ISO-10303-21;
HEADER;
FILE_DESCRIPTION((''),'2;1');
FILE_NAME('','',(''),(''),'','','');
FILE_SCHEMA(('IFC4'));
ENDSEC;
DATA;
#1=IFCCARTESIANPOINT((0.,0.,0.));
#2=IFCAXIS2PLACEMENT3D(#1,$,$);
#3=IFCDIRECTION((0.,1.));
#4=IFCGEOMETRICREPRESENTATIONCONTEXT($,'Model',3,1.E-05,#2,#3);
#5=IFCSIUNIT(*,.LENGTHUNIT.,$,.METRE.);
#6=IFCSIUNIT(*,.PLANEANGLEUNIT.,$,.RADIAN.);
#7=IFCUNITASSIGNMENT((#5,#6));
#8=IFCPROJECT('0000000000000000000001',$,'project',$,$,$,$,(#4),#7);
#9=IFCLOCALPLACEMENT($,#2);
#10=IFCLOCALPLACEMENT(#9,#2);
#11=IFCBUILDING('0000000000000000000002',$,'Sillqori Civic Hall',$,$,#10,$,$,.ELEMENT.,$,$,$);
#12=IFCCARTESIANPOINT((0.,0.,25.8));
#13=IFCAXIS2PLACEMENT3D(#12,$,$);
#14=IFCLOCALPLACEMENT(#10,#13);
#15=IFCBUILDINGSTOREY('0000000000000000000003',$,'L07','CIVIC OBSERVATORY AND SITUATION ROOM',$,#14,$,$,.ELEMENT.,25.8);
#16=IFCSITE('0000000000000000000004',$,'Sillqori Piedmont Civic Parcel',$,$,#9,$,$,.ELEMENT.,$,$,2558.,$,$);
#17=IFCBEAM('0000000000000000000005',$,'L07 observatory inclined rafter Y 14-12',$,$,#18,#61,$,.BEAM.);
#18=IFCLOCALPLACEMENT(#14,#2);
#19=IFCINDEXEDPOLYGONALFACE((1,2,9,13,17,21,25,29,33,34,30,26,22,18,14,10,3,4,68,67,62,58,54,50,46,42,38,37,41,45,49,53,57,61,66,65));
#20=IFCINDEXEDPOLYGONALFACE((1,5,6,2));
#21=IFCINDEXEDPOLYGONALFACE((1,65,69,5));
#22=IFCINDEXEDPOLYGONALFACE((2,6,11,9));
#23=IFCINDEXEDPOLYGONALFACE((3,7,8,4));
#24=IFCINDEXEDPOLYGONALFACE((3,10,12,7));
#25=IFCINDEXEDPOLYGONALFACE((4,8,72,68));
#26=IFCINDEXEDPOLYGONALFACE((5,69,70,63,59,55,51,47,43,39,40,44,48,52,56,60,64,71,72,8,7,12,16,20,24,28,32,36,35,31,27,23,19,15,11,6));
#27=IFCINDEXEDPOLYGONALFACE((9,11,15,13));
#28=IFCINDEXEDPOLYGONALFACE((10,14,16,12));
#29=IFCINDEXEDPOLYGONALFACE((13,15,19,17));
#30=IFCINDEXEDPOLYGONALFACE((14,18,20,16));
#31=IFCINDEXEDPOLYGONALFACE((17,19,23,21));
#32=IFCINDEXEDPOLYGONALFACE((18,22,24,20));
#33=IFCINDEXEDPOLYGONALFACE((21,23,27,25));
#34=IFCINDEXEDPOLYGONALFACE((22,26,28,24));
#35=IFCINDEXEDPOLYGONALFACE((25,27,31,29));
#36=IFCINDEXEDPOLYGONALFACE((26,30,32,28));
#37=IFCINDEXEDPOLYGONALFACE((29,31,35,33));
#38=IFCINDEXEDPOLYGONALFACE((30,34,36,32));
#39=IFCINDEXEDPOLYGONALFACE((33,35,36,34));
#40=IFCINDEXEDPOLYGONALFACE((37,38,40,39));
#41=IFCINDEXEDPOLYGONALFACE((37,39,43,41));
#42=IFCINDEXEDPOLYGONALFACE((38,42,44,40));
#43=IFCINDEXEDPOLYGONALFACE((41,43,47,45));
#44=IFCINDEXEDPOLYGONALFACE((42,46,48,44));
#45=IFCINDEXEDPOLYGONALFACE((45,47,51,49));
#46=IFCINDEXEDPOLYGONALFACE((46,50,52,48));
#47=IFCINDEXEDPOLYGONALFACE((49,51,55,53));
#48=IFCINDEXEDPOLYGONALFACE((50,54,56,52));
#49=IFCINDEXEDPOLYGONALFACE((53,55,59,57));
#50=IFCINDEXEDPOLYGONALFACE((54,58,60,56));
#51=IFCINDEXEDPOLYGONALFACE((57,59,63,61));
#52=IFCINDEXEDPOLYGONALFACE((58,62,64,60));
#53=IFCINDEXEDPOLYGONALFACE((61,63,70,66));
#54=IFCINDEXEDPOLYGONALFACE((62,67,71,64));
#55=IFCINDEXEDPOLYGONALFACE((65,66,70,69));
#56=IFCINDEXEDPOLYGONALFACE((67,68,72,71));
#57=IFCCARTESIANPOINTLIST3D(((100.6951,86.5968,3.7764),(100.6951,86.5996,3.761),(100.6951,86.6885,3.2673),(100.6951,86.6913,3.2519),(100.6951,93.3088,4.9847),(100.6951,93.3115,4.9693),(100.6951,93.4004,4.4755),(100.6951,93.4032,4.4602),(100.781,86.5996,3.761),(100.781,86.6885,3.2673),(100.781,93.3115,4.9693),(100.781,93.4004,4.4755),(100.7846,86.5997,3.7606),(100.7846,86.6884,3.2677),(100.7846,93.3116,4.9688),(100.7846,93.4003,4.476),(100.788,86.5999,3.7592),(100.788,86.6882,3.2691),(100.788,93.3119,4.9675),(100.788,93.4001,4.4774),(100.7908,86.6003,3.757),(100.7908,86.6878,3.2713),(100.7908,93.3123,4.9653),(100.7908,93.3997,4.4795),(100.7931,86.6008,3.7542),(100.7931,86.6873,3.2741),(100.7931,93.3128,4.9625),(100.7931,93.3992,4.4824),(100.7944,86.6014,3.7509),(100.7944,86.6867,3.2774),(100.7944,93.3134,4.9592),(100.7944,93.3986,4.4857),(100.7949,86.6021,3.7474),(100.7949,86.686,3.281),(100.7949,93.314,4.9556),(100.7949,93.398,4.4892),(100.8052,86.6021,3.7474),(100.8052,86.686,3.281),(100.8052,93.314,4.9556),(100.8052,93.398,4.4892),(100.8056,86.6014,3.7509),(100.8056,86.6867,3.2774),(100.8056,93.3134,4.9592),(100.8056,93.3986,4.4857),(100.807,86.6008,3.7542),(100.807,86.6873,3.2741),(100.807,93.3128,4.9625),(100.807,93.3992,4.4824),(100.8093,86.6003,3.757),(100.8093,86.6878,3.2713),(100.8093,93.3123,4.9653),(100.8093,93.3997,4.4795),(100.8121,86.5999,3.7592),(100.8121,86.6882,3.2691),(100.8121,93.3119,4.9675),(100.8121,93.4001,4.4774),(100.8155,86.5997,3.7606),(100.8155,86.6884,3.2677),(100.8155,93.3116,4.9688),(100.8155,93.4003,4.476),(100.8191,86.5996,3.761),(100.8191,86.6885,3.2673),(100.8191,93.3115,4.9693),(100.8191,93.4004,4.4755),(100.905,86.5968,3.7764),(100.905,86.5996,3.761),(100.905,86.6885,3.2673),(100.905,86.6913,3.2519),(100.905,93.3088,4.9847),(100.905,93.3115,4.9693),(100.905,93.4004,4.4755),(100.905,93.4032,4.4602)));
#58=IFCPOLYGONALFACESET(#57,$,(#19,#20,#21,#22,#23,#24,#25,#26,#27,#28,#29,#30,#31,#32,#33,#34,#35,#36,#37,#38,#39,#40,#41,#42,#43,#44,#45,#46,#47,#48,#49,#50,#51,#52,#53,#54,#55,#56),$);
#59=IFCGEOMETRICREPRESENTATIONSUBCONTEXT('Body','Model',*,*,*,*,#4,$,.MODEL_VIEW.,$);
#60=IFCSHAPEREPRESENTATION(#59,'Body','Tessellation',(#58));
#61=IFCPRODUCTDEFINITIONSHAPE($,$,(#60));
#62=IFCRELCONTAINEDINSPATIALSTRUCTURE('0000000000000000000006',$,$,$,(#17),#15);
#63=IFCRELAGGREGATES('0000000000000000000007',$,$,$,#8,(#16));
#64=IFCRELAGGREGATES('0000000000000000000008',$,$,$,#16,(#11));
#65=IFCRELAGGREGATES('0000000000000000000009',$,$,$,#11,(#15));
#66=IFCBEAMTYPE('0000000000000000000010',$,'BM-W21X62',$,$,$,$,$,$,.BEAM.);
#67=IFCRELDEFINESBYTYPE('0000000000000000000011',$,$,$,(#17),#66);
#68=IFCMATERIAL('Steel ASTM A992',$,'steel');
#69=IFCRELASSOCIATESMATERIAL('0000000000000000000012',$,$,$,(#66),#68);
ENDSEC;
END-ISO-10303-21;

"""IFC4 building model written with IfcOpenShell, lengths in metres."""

from ifc_helpers import new_model, si_unit, direction, frame, origin, origin_2d, place, context, subcontext, project, spatial, i_section, extrude, material, material_profile, profile_set, type_object, element, save


model = new_model("IFC4")

# Units and contexts
model_context = context("Model", 3, precision=1e-05, world=origin(), true_north=direction((0.0, 1.0)))
body_context = subcontext(model_context, "Body", "Model", "MODEL_VIEW")
ifc_project = project(units=[si_unit("LENGTHUNIT", "METRE"), si_unit("PLANEANGLEUNIT", "RADIAN")], contexts=[model_context])

# Site, building, storey
site_placement = place(None, origin())
site = spatial("IfcSite", under=ifc_project, at=site_placement, Name="Sillqori Piedmont Civic Parcel", CompositionType="ELEMENT", RefElevation=2558.0)
building_placement = place(site_placement, origin())
building = spatial("IfcBuilding", under=site, at=building_placement, Name="Sillqori Civic Hall", CompositionType="ELEMENT")
storey_placement = place(building_placement, frame((0.0, 0.0, 25.8)))
storey = spatial("IfcBuildingStorey", under=building, at=storey_placement, Name="L07", Description="CIVIC OBSERVATORY AND SITUATION ROOM", CompositionType="ELEMENT", Elevation=25.8)

# Beam
ifc_material_1 = material(Name="Steel ASTM A992", Category="steel")
ifc_material_profile_1 = material_profile(ifc_material_1, i_section(OverallWidth=0.21, OverallDepth=0.533, WebThickness=0.0103, FlangeThickness=0.0156, FilletRadius=0.0139, at=origin_2d()), Name="W21X62")
ifc_profile_set_1 = profile_set([ifc_material_profile_1], Name="Steel ASTM A992")
beam_type = type_object("IfcBeamType", Name="BM-W21X62", PredefinedType="BEAM", material=ifc_profile_set_1)
beam_placement = place(storey_placement, frame((100.8, 86.644, 3.5142), z_axis=(0.0, 0.984181, 0.177168), x_axis=(-1.0, 0.0, 0.0)))
element("IfcBeam", 1, at=beam_placement, inside=storey, type_object=beam_type, Name="L07 observatory inclined rafter Y 14-12", PredefinedType="BEAM", context=body_context, shape_type="SweptSolid", body=[
    extrude(i_section(OverallWidth=0.21, OverallDepth=0.533, WebThickness=0.0103, FlangeThickness=0.0156, FilletRadius=0.0139, at=origin_2d()), origin(), (0.0, 0.0, 1.0), 6.8198),
])

save(model, "model.ifc")
